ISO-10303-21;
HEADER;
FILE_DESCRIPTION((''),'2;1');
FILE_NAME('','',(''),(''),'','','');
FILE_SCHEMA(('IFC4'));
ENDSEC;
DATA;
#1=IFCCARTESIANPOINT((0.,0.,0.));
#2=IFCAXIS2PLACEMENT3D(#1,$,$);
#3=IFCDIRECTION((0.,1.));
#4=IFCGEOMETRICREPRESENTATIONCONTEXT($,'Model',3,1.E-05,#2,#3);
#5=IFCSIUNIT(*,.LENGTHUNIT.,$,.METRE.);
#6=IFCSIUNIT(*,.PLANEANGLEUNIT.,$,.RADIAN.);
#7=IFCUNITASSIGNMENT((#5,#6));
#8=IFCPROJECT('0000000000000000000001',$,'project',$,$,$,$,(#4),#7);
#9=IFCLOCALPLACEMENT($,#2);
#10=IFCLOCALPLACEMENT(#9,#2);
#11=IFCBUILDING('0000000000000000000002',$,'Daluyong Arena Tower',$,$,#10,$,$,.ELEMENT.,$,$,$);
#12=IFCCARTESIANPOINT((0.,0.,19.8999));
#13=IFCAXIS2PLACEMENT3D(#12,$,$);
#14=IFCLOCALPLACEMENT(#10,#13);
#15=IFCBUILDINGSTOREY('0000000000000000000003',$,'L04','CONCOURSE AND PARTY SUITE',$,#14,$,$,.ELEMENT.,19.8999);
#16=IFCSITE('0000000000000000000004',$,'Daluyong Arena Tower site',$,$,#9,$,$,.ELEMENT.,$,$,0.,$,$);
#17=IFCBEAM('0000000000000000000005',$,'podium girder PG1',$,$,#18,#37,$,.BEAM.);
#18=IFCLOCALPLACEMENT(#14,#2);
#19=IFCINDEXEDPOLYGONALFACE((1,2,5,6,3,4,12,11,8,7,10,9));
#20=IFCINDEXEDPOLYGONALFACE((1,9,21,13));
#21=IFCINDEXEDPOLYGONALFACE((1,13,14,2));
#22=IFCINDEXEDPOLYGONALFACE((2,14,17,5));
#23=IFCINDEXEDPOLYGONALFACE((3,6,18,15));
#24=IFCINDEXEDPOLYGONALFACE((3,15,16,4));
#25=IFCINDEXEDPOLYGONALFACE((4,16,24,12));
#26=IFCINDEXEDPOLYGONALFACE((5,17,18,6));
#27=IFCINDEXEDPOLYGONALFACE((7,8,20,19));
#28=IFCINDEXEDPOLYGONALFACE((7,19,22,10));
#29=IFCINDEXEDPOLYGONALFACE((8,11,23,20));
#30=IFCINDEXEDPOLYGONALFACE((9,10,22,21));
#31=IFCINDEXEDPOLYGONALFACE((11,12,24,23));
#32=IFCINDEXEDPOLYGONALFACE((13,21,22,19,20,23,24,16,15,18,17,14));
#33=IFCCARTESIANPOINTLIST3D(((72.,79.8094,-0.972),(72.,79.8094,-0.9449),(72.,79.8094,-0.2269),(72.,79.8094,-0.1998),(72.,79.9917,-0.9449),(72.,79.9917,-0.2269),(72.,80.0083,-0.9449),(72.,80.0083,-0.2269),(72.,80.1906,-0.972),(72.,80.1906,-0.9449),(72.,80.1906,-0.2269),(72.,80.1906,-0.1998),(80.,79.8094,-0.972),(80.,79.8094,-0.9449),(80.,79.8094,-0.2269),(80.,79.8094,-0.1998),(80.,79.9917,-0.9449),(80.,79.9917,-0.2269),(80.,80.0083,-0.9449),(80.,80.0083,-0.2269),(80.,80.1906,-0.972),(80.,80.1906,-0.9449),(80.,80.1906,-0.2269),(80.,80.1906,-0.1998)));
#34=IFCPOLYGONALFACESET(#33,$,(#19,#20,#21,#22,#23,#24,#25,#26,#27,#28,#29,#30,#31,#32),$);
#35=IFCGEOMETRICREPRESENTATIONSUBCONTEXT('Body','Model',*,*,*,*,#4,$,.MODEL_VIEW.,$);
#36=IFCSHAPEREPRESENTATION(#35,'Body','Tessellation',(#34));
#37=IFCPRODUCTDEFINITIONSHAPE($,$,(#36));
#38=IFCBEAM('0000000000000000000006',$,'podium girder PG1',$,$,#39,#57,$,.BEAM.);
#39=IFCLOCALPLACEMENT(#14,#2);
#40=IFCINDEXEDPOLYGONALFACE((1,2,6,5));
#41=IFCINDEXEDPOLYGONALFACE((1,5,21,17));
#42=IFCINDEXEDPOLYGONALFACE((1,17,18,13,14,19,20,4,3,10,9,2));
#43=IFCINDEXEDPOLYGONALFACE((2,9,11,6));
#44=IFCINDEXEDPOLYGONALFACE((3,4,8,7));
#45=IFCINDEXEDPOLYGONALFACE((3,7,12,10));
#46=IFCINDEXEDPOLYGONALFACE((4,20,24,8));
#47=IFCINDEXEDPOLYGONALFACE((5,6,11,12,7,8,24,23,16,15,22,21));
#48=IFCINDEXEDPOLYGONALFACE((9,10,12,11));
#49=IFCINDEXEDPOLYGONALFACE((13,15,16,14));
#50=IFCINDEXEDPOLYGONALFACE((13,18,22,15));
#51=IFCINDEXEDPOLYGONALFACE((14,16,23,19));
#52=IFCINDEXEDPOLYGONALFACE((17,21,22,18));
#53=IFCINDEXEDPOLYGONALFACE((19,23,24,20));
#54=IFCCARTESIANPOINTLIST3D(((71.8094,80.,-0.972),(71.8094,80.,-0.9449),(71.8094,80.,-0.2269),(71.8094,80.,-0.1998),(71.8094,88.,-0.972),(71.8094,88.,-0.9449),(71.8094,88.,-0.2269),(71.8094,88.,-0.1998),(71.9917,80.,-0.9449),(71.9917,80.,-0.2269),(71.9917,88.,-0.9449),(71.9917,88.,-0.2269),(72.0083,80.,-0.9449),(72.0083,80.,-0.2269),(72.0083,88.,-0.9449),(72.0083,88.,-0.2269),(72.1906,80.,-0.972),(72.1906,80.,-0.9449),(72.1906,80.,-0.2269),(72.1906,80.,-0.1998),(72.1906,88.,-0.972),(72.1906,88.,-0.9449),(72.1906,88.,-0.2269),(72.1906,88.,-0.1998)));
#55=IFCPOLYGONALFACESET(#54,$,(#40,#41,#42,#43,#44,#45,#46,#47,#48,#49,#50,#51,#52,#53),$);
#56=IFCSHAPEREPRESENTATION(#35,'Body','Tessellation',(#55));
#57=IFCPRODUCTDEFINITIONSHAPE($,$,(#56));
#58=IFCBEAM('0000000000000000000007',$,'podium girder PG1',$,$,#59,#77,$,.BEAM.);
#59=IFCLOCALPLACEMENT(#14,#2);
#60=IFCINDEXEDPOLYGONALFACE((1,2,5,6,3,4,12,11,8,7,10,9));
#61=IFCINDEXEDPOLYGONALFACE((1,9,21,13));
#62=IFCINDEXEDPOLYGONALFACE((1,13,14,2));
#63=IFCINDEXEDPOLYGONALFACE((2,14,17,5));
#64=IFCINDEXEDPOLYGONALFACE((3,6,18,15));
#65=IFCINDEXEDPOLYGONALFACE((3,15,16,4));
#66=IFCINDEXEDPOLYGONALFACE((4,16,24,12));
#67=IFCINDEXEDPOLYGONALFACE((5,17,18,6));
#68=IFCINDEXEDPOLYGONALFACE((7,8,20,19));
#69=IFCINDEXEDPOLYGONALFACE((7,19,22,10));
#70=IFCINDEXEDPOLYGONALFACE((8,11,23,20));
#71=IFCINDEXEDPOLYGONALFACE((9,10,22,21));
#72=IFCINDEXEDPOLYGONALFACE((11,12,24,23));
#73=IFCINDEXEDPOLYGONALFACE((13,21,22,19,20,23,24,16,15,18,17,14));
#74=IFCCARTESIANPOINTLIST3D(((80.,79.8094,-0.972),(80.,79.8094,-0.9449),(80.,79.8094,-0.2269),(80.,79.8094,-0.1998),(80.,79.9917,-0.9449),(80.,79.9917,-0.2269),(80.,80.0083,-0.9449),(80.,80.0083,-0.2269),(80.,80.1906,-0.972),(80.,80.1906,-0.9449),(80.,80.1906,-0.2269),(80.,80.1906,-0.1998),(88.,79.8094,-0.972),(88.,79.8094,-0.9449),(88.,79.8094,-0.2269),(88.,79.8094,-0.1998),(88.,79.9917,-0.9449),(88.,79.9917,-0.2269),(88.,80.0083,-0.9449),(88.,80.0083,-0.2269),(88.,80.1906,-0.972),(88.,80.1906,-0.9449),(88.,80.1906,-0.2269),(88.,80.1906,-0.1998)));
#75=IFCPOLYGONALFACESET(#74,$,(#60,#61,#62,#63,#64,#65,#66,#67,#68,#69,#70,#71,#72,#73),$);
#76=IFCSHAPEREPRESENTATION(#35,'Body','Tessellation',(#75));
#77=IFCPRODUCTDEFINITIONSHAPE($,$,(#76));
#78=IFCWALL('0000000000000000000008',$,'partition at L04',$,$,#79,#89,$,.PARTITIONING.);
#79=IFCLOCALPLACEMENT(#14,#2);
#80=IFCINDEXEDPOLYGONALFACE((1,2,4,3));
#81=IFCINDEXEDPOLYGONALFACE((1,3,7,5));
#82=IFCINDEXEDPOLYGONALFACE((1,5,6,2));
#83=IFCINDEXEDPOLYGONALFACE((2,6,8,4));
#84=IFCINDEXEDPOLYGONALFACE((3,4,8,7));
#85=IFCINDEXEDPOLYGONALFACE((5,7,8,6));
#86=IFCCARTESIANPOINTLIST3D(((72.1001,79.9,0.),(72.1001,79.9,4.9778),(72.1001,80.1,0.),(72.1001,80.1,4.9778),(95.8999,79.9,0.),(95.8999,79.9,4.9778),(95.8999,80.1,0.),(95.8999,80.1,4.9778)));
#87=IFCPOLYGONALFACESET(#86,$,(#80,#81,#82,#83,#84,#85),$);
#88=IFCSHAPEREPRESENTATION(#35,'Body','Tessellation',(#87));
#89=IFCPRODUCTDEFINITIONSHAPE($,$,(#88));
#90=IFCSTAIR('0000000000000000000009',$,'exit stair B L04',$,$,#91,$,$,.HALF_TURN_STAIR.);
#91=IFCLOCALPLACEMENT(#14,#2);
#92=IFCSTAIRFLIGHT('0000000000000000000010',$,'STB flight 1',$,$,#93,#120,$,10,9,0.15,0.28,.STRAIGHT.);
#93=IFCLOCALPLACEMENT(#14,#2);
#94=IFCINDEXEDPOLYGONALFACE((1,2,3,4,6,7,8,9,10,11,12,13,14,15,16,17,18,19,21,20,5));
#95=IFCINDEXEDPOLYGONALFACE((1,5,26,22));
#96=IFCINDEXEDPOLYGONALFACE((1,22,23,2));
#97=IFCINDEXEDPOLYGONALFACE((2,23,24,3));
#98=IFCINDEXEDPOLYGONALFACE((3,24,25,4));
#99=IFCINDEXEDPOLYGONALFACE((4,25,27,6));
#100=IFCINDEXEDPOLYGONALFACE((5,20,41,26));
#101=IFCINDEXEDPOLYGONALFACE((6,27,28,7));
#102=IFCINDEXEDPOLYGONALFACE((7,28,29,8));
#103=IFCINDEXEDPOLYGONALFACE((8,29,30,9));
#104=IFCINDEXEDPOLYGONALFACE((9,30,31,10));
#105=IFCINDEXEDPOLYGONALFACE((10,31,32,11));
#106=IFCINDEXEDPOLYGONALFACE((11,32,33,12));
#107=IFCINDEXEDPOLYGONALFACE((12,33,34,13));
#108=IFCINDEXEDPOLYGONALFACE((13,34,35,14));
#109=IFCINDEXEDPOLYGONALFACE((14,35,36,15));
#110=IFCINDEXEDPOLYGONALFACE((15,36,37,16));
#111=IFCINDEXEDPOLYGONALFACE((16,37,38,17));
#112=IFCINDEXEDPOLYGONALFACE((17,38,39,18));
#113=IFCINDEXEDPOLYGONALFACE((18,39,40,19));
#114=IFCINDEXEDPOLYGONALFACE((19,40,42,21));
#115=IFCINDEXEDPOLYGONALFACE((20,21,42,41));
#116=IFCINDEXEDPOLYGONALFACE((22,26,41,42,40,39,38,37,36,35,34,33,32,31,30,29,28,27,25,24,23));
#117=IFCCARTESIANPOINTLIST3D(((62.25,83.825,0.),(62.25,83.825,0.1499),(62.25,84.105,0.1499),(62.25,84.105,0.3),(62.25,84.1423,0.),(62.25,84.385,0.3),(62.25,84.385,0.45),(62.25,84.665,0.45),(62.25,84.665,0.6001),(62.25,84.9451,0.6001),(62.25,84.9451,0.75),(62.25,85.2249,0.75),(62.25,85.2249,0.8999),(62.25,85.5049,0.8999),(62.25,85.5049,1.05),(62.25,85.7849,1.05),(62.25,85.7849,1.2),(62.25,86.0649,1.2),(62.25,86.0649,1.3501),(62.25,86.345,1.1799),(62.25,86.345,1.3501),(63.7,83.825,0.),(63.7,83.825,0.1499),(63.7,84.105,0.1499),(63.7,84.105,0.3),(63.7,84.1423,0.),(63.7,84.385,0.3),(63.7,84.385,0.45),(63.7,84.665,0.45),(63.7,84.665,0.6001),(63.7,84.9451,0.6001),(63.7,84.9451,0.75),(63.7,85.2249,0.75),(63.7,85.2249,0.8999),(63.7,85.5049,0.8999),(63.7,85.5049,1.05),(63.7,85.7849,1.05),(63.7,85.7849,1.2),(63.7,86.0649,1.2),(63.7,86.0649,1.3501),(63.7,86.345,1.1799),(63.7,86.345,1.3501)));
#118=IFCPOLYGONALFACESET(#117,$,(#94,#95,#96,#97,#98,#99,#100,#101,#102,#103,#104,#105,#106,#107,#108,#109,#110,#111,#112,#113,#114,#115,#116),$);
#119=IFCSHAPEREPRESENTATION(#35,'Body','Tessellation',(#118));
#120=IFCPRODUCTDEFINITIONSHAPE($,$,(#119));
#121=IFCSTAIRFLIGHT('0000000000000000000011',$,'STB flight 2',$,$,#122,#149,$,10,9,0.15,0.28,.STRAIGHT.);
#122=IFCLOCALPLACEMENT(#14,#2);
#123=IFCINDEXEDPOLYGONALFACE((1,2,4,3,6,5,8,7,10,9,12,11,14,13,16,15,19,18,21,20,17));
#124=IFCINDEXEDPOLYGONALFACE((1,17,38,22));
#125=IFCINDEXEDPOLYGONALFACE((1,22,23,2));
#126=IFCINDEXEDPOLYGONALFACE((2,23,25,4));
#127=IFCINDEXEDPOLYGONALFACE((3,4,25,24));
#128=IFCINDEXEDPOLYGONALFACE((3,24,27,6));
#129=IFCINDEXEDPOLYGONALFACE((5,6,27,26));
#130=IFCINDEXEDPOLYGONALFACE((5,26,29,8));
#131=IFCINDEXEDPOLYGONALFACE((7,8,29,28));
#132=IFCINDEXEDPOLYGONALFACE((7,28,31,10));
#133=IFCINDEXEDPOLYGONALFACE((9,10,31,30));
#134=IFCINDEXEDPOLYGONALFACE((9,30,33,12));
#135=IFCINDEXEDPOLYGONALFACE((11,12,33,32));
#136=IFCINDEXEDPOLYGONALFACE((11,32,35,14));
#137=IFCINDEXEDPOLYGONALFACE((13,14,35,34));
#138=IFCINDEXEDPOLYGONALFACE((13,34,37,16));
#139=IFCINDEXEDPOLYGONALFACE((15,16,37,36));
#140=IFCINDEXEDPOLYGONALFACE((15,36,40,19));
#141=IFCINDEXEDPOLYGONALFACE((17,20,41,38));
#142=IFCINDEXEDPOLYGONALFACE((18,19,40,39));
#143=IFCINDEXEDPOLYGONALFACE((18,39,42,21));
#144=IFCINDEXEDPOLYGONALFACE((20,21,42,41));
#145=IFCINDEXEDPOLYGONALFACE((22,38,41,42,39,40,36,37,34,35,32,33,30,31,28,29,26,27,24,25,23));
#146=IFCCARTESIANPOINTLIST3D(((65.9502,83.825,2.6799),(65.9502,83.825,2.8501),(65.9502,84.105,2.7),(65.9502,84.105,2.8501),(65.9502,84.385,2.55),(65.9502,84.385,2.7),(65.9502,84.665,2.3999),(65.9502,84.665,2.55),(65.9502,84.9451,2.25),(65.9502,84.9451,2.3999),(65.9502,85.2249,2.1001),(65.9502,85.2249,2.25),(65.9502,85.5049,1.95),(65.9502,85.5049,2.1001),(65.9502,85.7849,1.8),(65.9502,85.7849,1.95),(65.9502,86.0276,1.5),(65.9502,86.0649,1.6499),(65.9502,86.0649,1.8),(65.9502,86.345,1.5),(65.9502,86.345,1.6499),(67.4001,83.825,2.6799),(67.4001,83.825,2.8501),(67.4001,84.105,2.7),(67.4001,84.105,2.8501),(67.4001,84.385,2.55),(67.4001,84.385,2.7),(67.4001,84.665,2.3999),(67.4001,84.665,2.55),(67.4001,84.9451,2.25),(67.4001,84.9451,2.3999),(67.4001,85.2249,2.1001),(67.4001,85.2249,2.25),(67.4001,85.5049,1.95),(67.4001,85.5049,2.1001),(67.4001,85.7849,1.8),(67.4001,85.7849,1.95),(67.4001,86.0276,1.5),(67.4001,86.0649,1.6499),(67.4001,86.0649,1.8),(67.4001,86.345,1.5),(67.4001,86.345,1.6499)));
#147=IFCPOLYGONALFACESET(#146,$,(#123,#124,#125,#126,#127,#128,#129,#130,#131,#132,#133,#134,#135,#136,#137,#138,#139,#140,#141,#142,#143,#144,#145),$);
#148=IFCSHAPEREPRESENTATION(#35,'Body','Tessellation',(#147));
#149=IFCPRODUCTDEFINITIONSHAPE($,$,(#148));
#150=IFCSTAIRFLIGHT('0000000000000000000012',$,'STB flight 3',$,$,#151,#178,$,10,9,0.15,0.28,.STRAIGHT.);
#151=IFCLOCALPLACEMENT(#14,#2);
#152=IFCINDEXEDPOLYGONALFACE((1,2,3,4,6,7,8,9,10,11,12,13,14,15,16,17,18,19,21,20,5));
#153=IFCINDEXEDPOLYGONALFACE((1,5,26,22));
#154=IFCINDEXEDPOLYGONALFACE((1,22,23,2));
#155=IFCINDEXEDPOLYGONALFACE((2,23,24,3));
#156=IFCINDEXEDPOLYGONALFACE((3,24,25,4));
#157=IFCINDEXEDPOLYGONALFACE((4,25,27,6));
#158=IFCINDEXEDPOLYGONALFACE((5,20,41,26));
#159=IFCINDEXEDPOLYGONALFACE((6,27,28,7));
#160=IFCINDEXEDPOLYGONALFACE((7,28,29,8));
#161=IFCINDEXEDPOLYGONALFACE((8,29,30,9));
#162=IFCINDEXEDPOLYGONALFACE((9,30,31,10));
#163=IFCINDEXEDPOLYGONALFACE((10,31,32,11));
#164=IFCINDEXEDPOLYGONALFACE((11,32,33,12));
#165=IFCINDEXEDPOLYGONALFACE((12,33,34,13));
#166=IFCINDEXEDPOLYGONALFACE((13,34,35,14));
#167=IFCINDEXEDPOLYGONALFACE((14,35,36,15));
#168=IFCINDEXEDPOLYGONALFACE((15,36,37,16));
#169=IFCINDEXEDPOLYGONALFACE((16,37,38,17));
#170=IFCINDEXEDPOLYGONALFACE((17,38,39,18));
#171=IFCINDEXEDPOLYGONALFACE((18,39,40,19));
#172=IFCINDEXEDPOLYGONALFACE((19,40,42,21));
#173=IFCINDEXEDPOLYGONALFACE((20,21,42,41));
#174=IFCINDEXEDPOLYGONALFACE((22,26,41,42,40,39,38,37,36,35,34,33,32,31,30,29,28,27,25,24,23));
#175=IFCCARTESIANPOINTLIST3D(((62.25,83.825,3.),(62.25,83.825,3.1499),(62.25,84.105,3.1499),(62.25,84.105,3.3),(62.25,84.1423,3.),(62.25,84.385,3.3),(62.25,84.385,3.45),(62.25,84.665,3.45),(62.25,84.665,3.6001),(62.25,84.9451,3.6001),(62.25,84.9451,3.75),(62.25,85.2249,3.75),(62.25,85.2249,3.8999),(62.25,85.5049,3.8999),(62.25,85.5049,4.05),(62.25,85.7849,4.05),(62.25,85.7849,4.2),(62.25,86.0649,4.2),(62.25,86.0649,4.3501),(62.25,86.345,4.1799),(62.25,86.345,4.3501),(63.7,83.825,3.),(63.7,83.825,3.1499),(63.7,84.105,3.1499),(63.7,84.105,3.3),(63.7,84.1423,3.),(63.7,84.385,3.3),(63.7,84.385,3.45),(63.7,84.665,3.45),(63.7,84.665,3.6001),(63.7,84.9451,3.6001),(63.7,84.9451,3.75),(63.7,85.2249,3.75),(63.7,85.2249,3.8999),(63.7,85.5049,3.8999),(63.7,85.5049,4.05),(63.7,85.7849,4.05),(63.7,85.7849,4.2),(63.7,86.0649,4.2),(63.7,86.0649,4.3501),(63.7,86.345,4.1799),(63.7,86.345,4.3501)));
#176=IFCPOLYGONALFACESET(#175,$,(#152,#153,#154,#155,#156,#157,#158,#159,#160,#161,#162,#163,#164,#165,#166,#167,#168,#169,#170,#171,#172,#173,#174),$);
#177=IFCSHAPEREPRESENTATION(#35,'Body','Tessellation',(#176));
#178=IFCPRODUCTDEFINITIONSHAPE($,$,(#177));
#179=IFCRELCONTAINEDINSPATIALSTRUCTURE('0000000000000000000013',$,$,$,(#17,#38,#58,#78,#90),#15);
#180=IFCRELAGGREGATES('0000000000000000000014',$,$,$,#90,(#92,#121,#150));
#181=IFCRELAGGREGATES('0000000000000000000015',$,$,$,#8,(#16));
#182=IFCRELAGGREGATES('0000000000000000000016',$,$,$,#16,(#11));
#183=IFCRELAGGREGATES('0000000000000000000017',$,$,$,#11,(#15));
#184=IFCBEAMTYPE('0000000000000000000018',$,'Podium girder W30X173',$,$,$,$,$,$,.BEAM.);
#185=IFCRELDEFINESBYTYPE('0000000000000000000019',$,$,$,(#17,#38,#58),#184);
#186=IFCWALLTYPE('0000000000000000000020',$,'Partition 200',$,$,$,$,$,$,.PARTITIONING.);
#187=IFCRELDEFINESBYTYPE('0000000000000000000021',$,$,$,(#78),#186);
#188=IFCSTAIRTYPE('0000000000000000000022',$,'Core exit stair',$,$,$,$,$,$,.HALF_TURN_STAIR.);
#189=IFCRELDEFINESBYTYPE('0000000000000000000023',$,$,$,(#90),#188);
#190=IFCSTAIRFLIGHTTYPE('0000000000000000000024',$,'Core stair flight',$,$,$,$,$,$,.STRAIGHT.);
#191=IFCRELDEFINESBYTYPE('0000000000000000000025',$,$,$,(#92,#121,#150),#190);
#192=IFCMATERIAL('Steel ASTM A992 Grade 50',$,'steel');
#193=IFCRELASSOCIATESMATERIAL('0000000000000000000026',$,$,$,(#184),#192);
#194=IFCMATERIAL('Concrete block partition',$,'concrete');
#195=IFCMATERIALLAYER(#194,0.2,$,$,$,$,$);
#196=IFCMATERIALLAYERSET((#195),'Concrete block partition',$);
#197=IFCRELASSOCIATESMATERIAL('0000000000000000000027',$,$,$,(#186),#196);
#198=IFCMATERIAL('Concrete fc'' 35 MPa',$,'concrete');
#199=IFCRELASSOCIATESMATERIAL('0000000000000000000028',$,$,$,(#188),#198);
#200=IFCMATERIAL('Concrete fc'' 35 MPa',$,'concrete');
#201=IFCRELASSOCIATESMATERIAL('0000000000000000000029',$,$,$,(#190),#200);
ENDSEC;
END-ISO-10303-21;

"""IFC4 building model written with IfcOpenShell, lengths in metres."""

from ifc_helpers import new_model, si_unit, direction, frame, frame_2d, origin, origin_2d, place, context, subcontext, project, spatial, polyline, rectangle, i_section, outline, extrude, material, layer, layer_set, material_profile, profile_set, type_object, element, aggregate, save


model = new_model("IFC4")

# Units and contexts
model_context = context("Model", 3, precision=1e-05, world=origin(), true_north=direction((0.0, 1.0)))
body_context = subcontext(model_context, "Body", "Model", "MODEL_VIEW")
ifc_project = project(units=[si_unit("LENGTHUNIT", "METRE"), si_unit("PLANEANGLEUNIT", "RADIAN")], contexts=[model_context])

# Site, building, storey
site_placement = place(None, origin())
site = spatial("IfcSite", under=ifc_project, at=site_placement, Name="Daluyong Arena Tower site", CompositionType="ELEMENT", RefElevation=0.0)
building_placement = place(site_placement, origin())
building = spatial("IfcBuilding", under=site, at=building_placement, Name="Daluyong Arena Tower", CompositionType="ELEMENT")
storey_placement = place(building_placement, frame((0.0, 0.0, 19.8999)))
storey = spatial("IfcBuildingStorey", under=building, at=storey_placement, Name="L04", Description="CONCOURSE AND PARTY SUITE", CompositionType="ELEMENT", Elevation=19.8999)

# Beams
ifc_material_1 = material(Name="Steel ASTM A992 Grade 50", Category="steel")
ifc_material_profile_1 = material_profile(ifc_material_1, i_section(OverallWidth=0.3811, OverallDepth=0.7722, WebThickness=0.0166, FlangeThickness=0.0271, at=origin_2d()))
ifc_profile_set_1 = profile_set([ifc_material_profile_1], Name="Steel ASTM A992 Grade 50")
beam_type_1 = type_object("IfcBeamType", Name="Podium girder W30X173", PredefinedType="BEAM", material=ifc_profile_set_1)
for number, where, z_axis, x_axis, name in (
    (1, (72.0, 80.0, -0.5859), (1.0, 0.0, 0.0), (0.0, 1.0, 0.0), "podium girder PG1"),
    (2, (72.0, 80.0, -0.5859), (0.0, 1.0, 0.0), (-1.0, 0.0, 0.0), "podium girder PG1"),
    (3, (80.0, 80.0, -0.5859), (1.0, 0.0, 0.0), (0.0, 1.0, 0.0), "podium girder PG1"),
):
    element("IfcBeam", number, at=place(storey_placement, frame(where, z_axis=z_axis, x_axis=x_axis)), inside=storey, type_object=beam_type_1, Name=name, PredefinedType="BEAM", context=body_context, shape_type="SweptSolid", body=[
        extrude(i_section(OverallWidth=0.3811, OverallDepth=0.7722, WebThickness=0.0166, FlangeThickness=0.0271, at=origin_2d()), origin(), (0.0, 0.0, 1.0), 8.0),
    ])

# Wall
ifc_material_2 = material(Name="Concrete block partition", Category="concrete")
ifc_layer = layer(ifc_material_2, 0.2)
ifc_layer_set = layer_set([ifc_layer], Name="Concrete block partition")
wall_type = type_object("IfcWallType", Name="Partition 200", PredefinedType="PARTITIONING", material=ifc_layer_set)
wall_placement = place(storey_placement, frame((72.1001, 80.0, 0.0), z_axis=(0.0, 0.0, 1.0), x_axis=(1.0, 0.0, 0.0)))
element("IfcWall", 4, at=wall_placement, inside=storey, type_object=wall_type, Name="partition at L04", PredefinedType="PARTITIONING", context=body_context, shape_type="SweptSolid", body=[
    extrude(rectangle(XDim=23.7998, YDim=0.2, at=frame_2d((11.8999, 0.0))), origin(), (0.0, 0.0, 1.0), 4.9778),
])

# Stair, stair flights
ifc_material_3 = material(Name="Concrete fc' 35 MPa", Category="concrete")
stair_type = type_object("IfcStairType", Name="Core exit stair", PredefinedType="HALF_TURN_STAIR", material=ifc_material_3)
stair_placement = place(storey_placement, origin())
stair = element("IfcStair", 5, at=stair_placement, inside=storey, type_object=stair_type, Name="exit stair B L04", PredefinedType="HALF_TURN_STAIR")
ifc_material_4 = material(Name="Concrete fc' 35 MPa", Category="concrete")
stair_flight_type = type_object("IfcStairFlightType", Name="Core stair flight", PredefinedType="STRAIGHT", material=ifc_material_4)
stair_flight_1_placement = place(storey_placement, frame((62.9751, 83.825, 0.0), z_axis=(0.0, 0.0, 1.0), x_axis=(0.0, 1.0, 0.0)))
stair_flight_1 = element("IfcStairFlight", 6, at=stair_flight_1_placement, type_object=stair_flight_type, Name="STB flight 1", NumberOfRisers=10, NumberOfTreads=9, PredefinedType="STRAIGHT", RiserHeight=0.15, TreadLength=0.28, context=body_context, shape_type="SweptSolid", body=[
    extrude(outline(polyline([(0.0, 0.0), (0.0, 0.1499), (0.28, 0.1499), (0.28, 0.3), (0.5601, 0.3), (0.5601, 0.45), (0.8401, 0.45), (0.8401, 0.6001), (1.1201, 0.6001), (1.1201, 0.75), (1.3999, 0.75), (1.3999, 0.8999), (1.6799, 0.8999), (1.6799, 1.05), (1.96, 1.05), (1.96, 1.2), (2.24, 1.2), (2.24, 1.3501), (2.52, 1.3501), (2.52, 1.5), (2.52, 1.1799), (0.3174, 0.0), (0.0, 0.0)])), frame((0.0, 0.7251, 0.0), z_axis=(0.0, -1.0, 0.0), x_axis=(1.0, 0.0, 0.0)), (0.0, 0.0, 1.0), 1.45),
])
stair_flight_2_placement = place(storey_placement, frame((66.675, 86.345, 1.5), z_axis=(0.0, 0.0, 1.0), x_axis=(0.0, -1.0, 0.0)))
stair_flight_2 = element("IfcStairFlight", 7, at=stair_flight_2_placement, type_object=stair_flight_type, Name="STB flight 2", NumberOfRisers=10, NumberOfTreads=9, PredefinedType="STRAIGHT", RiserHeight=0.15, TreadLength=0.28, context=body_context, shape_type="SweptSolid", body=[
    extrude(outline(polyline([(0.0, 0.0), (0.0, 0.1499), (0.28, 0.1499), (0.28, 0.3), (0.5601, 0.3), (0.5601, 0.45), (0.8401, 0.45), (0.8401, 0.6001), (1.1201, 0.6001), (1.1201, 0.75), (1.3999, 0.75), (1.3999, 0.8999), (1.6799, 0.8999), (1.6799, 1.05), (1.96, 1.05), (1.96, 1.2), (2.24, 1.2), (2.24, 1.3501), (2.52, 1.3501), (2.52, 1.5), (2.52, 1.1799), (0.3174, 0.0), (0.0, 0.0)])), frame((0.0, 0.7251, 0.0), z_axis=(0.0, -1.0, 0.0), x_axis=(1.0, 0.0, 0.0)), (0.0, 0.0, 1.0), 1.45),
])
stair_flight_3_placement = place(storey_placement, frame((62.9751, 83.825, 3.0), z_axis=(0.0, 0.0, 1.0), x_axis=(0.0, 1.0, 0.0)))
stair_flight_3 = element("IfcStairFlight", 8, at=stair_flight_3_placement, type_object=stair_flight_type, Name="STB flight 3", NumberOfRisers=10, NumberOfTreads=9, PredefinedType="STRAIGHT", RiserHeight=0.15, TreadLength=0.28, context=body_context, shape_type="SweptSolid", body=[
    extrude(outline(polyline([(0.0, 0.0), (0.0, 0.1499), (0.28, 0.1499), (0.28, 0.3), (0.5601, 0.3), (0.5601, 0.45), (0.8401, 0.45), (0.8401, 0.6001), (1.1201, 0.6001), (1.1201, 0.75), (1.3999, 0.75), (1.3999, 0.8999), (1.6799, 0.8999), (1.6799, 1.05), (1.96, 1.05), (1.96, 1.2), (2.24, 1.2), (2.24, 1.3501), (2.52, 1.3501), (2.52, 1.5), (2.52, 1.1799), (0.3174, 0.0), (0.0, 0.0)])), frame((0.0, 0.7251, 0.0), z_axis=(0.0, -1.0, 0.0), x_axis=(1.0, 0.0, 0.0)), (0.0, 0.0, 1.0), 1.45),
])
aggregate(stair, [stair_flight_1, stair_flight_2, stair_flight_3])

save(model, "model.ifc")
